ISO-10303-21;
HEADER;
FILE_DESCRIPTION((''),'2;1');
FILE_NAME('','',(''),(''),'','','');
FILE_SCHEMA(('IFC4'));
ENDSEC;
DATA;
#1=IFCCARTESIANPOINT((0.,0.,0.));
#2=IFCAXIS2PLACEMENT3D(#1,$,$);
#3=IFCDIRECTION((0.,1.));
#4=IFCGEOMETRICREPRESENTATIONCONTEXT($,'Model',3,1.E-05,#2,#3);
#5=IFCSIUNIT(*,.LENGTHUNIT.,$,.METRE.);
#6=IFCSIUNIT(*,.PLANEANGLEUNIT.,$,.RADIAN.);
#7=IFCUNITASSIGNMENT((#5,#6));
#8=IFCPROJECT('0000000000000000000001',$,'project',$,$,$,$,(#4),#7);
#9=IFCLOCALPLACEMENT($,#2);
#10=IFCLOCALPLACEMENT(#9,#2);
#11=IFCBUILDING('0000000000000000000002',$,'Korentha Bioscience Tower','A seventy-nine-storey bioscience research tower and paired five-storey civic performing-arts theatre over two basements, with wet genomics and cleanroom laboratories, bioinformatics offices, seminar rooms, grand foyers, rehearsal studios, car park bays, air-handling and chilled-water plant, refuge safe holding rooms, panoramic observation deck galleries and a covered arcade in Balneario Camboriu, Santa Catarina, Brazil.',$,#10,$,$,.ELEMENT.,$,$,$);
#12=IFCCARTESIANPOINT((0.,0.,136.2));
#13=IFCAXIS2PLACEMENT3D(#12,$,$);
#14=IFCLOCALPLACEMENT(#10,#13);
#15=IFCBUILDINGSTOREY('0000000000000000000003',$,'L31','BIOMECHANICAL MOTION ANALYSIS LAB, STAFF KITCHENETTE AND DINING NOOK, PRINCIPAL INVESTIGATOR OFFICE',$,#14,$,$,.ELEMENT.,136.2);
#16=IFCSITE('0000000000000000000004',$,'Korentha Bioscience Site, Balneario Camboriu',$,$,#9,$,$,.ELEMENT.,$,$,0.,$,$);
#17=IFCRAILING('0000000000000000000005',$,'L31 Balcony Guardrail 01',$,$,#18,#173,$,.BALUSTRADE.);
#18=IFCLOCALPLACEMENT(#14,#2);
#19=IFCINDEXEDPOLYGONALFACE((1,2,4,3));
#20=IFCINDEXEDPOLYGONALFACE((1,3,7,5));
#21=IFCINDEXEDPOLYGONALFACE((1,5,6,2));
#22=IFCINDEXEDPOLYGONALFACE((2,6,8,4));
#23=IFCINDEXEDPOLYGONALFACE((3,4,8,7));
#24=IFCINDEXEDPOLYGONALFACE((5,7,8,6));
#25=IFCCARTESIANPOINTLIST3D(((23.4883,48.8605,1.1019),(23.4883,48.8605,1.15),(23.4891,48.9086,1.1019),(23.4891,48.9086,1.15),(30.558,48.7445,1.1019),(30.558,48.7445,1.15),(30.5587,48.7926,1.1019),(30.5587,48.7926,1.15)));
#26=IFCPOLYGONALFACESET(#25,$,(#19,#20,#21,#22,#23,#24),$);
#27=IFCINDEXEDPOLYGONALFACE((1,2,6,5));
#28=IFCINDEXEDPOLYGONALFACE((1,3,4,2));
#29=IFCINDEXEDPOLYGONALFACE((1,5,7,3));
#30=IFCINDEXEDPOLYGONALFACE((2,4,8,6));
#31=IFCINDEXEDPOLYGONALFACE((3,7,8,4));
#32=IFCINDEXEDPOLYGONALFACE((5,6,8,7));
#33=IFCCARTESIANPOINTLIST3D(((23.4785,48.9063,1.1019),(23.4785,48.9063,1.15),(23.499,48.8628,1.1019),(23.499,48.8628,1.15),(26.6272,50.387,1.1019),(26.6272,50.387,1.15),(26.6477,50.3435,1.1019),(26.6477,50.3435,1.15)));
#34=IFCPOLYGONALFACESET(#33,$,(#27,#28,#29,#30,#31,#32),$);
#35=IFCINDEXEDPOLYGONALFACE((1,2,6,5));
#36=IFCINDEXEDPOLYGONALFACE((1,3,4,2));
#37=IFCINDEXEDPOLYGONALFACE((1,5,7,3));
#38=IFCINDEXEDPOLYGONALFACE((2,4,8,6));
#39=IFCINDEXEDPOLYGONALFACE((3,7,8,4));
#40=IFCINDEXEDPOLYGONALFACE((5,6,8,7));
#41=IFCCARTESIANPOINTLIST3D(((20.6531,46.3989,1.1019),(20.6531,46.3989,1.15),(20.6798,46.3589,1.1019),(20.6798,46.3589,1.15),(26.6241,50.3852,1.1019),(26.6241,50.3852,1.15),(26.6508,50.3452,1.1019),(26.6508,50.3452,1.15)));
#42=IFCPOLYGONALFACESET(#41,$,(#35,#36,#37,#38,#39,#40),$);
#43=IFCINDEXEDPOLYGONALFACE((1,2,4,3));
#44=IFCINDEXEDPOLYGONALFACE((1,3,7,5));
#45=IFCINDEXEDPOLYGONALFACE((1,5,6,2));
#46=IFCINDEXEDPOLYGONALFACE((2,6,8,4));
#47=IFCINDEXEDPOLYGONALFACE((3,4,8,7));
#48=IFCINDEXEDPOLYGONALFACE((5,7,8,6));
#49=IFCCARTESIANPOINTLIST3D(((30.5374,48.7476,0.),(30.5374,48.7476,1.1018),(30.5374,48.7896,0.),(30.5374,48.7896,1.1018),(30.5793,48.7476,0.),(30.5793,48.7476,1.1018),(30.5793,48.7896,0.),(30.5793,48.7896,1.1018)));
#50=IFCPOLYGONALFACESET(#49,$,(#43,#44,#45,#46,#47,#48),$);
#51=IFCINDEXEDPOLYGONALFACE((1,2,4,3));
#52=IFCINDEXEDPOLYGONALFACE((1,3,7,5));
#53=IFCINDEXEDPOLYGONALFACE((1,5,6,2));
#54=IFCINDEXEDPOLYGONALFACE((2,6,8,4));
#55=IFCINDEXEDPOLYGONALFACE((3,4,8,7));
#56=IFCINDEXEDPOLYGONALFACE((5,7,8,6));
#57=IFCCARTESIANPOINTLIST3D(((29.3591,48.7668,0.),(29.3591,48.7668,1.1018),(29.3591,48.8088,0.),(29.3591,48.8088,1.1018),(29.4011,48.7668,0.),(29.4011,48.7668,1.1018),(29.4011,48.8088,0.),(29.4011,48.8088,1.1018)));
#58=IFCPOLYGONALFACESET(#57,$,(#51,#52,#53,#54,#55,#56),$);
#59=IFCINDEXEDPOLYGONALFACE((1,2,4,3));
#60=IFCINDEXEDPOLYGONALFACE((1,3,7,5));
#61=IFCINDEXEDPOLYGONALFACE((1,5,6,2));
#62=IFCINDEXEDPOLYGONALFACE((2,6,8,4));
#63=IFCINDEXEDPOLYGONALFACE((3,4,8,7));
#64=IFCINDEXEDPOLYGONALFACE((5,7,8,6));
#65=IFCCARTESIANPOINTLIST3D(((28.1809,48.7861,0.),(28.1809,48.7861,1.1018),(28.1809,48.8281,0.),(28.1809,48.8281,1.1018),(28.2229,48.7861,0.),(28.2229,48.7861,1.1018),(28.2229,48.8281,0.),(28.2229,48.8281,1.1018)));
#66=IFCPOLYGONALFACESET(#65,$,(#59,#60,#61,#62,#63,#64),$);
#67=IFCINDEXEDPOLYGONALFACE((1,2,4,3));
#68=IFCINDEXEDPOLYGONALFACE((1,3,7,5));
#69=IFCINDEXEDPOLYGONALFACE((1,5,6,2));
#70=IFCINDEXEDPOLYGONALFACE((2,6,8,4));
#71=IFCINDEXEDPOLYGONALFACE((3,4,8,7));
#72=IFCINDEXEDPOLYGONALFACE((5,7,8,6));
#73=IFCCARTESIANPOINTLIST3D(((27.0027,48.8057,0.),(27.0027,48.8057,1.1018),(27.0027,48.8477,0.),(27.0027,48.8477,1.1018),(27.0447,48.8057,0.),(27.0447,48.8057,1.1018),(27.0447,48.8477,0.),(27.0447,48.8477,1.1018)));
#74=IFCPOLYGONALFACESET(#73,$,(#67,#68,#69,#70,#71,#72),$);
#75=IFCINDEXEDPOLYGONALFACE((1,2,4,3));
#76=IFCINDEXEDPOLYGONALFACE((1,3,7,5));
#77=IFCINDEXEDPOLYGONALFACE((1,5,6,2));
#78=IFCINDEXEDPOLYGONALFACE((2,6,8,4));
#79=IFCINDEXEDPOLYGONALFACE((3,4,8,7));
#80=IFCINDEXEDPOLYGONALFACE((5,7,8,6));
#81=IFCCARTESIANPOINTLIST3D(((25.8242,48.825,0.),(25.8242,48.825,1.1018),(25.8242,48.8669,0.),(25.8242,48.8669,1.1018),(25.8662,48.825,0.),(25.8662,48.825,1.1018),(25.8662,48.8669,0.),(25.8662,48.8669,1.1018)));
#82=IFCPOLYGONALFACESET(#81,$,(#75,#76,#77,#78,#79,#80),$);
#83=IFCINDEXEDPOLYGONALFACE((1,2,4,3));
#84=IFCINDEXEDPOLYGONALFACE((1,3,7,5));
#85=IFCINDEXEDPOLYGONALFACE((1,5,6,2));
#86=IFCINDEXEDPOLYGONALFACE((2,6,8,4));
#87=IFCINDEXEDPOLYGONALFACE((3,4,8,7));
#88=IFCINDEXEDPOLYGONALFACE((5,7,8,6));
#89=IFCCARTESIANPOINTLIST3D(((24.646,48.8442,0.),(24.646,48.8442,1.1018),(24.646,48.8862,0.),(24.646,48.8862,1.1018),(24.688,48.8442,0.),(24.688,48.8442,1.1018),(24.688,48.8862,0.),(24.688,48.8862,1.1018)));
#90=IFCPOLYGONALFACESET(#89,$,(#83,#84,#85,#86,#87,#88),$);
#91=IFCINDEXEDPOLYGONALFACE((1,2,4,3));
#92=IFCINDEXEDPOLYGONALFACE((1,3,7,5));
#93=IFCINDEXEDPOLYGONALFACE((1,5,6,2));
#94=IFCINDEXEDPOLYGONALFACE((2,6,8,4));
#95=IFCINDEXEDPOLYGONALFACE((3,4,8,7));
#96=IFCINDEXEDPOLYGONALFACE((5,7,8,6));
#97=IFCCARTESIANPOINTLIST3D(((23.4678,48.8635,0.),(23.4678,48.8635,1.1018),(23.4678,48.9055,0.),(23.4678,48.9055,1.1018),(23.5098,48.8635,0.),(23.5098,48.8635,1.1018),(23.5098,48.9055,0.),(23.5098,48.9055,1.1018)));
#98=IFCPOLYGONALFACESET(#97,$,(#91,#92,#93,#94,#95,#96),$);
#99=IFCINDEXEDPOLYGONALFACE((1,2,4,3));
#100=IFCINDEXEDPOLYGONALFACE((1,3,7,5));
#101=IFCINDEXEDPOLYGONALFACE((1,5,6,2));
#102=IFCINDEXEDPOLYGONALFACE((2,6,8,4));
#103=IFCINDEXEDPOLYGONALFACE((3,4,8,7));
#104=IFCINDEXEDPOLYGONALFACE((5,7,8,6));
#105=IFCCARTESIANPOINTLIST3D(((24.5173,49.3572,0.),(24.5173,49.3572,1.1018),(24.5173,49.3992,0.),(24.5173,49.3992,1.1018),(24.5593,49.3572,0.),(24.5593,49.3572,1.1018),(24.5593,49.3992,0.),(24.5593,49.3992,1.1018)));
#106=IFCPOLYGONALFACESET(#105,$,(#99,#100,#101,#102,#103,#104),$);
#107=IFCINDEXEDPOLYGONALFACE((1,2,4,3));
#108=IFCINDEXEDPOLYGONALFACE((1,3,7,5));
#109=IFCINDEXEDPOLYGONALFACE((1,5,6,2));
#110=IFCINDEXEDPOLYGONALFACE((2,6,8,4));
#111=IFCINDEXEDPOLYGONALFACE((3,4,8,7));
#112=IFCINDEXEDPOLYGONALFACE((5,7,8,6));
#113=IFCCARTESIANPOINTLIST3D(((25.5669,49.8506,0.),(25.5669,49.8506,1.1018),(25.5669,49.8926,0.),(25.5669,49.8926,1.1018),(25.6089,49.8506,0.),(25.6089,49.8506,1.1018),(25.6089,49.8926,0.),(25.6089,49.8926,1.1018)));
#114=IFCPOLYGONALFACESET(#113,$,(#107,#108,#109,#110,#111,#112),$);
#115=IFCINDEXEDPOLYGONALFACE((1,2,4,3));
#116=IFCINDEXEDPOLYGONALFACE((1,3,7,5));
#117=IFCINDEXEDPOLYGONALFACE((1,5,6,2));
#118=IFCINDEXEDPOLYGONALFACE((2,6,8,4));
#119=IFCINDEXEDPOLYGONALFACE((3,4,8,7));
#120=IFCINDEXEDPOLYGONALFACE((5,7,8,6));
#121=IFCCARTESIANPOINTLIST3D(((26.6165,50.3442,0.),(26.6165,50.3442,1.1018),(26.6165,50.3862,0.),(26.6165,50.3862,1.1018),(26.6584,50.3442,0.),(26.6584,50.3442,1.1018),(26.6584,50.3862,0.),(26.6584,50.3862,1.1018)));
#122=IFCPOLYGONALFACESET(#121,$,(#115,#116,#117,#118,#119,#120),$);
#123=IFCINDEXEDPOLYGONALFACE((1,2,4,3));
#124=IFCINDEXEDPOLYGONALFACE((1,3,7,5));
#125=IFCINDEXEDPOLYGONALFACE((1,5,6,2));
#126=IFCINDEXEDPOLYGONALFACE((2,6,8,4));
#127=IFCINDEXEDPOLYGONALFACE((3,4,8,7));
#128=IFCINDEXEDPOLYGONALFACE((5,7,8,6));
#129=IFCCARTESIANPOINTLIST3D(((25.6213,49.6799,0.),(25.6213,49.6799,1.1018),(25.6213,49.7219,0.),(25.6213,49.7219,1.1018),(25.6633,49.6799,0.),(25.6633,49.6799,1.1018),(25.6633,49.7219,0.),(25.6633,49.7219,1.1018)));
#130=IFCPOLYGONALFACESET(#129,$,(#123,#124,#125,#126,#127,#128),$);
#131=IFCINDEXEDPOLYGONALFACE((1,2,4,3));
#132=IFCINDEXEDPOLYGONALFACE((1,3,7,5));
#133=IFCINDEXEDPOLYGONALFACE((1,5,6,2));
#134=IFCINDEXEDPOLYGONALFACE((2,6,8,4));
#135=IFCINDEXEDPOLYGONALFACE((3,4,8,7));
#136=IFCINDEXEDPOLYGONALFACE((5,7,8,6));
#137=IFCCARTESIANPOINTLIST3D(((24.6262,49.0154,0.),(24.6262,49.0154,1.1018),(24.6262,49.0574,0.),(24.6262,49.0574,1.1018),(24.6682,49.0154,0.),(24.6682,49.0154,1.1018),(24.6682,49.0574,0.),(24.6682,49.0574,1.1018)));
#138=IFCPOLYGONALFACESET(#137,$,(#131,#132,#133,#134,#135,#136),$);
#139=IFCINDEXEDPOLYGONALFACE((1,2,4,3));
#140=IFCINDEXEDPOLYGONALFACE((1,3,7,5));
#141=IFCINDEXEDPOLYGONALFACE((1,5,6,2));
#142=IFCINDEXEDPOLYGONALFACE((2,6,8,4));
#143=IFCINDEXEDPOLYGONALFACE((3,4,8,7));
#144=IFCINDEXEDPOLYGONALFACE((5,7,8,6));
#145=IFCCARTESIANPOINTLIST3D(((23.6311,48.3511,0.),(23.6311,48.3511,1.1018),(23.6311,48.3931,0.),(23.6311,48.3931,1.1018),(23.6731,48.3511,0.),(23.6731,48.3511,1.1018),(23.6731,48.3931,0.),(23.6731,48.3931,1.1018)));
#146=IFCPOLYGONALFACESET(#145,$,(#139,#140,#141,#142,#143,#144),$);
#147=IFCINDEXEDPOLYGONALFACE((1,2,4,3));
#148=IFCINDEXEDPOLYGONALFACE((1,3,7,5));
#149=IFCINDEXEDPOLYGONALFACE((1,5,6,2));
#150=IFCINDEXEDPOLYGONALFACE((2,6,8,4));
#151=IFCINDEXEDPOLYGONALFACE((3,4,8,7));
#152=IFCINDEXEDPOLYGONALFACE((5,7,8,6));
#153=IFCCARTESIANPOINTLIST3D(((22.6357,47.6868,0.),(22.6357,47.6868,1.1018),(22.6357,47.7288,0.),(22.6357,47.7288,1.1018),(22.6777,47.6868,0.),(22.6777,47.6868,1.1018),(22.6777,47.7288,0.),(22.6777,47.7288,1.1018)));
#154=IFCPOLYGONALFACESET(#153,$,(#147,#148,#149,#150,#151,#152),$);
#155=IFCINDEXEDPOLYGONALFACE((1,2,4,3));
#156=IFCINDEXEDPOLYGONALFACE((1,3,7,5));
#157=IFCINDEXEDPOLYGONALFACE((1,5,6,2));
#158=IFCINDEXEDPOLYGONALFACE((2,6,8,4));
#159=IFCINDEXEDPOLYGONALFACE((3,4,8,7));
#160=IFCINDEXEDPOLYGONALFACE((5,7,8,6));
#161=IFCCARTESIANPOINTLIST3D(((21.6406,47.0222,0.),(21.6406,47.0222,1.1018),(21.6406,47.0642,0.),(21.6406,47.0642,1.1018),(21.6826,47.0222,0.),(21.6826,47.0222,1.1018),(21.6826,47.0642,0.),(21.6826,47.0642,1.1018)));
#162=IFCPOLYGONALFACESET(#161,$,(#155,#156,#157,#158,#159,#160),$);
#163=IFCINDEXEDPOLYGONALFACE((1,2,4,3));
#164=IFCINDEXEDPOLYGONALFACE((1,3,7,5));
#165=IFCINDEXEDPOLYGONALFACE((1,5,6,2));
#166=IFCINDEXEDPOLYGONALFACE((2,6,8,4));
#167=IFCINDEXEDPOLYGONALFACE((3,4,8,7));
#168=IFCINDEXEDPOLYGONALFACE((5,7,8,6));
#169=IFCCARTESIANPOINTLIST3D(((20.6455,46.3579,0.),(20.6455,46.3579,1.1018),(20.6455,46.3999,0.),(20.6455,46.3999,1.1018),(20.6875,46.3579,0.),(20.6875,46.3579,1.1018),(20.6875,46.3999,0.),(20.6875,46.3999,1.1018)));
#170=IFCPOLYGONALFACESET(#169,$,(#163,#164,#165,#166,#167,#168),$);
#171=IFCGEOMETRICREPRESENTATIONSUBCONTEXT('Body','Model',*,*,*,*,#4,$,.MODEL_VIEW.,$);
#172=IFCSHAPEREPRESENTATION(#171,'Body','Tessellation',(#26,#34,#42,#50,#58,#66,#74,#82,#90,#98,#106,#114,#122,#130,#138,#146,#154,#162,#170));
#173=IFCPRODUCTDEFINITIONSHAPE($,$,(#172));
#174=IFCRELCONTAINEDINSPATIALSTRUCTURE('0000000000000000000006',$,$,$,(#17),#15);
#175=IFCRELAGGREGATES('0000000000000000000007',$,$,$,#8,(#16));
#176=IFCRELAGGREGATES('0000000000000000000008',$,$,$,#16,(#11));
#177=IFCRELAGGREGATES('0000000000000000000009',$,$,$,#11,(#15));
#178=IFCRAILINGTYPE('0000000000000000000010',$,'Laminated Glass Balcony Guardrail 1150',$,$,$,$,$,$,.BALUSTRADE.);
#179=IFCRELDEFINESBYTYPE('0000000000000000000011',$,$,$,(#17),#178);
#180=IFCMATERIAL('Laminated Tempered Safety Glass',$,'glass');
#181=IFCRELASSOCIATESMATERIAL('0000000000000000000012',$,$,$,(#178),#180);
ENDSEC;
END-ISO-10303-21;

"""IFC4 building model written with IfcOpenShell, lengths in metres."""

from ifc_helpers import new_model, si_unit, direction, frame, origin, origin_2d, place, context, subcontext, project, spatial, rectangle, extrude, material, type_object, element, save


model = new_model("IFC4")

# Units and contexts
model_context = context("Model", 3, precision=1e-05, world=origin(), true_north=direction((0.0, 1.0)))
body_context = subcontext(model_context, "Body", "Model", "MODEL_VIEW")
ifc_project = project(units=[si_unit("LENGTHUNIT", "METRE"), si_unit("PLANEANGLEUNIT", "RADIAN")], contexts=[model_context])

# Site, building, storey
site_placement = place(None, origin())
site = spatial("IfcSite", under=ifc_project, at=site_placement, Name="Korentha Bioscience Site, Balneario Camboriu", CompositionType="ELEMENT", RefElevation=0.0)
building_placement = place(site_placement, origin())
building = spatial("IfcBuilding", under=site, at=building_placement, Name="Korentha Bioscience Tower", Description="A seventy-nine-storey bioscience research tower and paired five-storey civic performing-arts theatre over two basements, with wet genomics and cleanroom laboratories, bioinformatics offices, seminar rooms, grand foyers, rehearsal studios, car park bays, air-handling and chilled-water plant, refuge safe holding rooms, panoramic observation deck galleries and a covered arcade in Balneario Camboriu, Santa Catarina, Brazil.", CompositionType="ELEMENT")
storey_placement = place(building_placement, frame((0.0, 0.0, 136.2)))
storey = spatial("IfcBuildingStorey", under=building, at=storey_placement, Name="L31", Description="BIOMECHANICAL MOTION ANALYSIS LAB, STAFF KITCHENETTE AND DINING NOOK, PRINCIPAL INVESTIGATOR OFFICE", CompositionType="ELEMENT", Elevation=136.2)

# Railing
ifc_material_1 = material(Name="Laminated Tempered Safety Glass", Category="glass")
railing_type = type_object("IfcRailingType", Name="Laminated Glass Balcony Guardrail 1150", PredefinedType="BALUSTRADE", material=ifc_material_1)
railing_placement = place(storey_placement, frame((30.5583, 48.7686, 0.0)))
element("IfcRailing", 1, at=railing_placement, inside=storey, type_object=railing_type, Name="L31 Balcony Guardrail 01", PredefinedType="BALUSTRADE", context=body_context, shape_type="SweptSolid", body=[
    extrude(rectangle(XDim=0.0481, YDim=0.0481, at=origin_2d()), frame((0.0, 0.0, 1.126), z_axis=(-0.999865, 0.016401, 0.0), x_axis=(-0.016401, -0.999865, 0.0)), (0.0, 0.0, 1.0), 7.0706),
    extrude(rectangle(XDim=0.0481, YDim=0.0481, at=origin_2d()), frame((-7.0696, 0.116, 1.126), z_axis=(0.904932, 0.425557, 0.0), x_axis=(-0.425557, 0.904932, 0.0)), (0.0, 0.0, 1.0), 3.4795),
    extrude(rectangle(XDim=0.0481, YDim=0.0481, at=origin_2d()), frame((-3.9209, 1.5967, 1.126), z_axis=(-0.831684, -0.555249, 0.0), x_axis=(0.555249, -0.831684, 0.0)), (0.0, 0.0, 1.0), 7.1794),
    extrude(rectangle(XDim=0.042, YDim=0.042, at=origin_2d()), origin(), (0.0, 0.0, 1.0), 1.1018),
    extrude(rectangle(XDim=0.042, YDim=0.042, at=origin_2d()), frame((-1.1782, 0.0193, 0.0)), (0.0, 0.0, 1.0), 1.1018),
    extrude(rectangle(XDim=0.042, YDim=0.042, at=origin_2d()), frame((-2.3564, 0.0386, 0.0)), (0.0, 0.0, 1.0), 1.1018),
    extrude(rectangle(XDim=0.042, YDim=0.042, at=origin_2d()), frame((-3.5347, 0.0581, 0.0)), (0.0, 0.0, 1.0), 1.1018),
    extrude(rectangle(XDim=0.042, YDim=0.042, at=origin_2d()), frame((-4.7131, 0.0774, 0.0)), (0.0, 0.0, 1.0), 1.1018),
    extrude(rectangle(XDim=0.042, YDim=0.042, at=origin_2d()), frame((-5.8914, 0.0967, 0.0)), (0.0, 0.0, 1.0), 1.1018),
    extrude(rectangle(XDim=0.042, YDim=0.042, at=origin_2d()), frame((-7.0696, 0.116, 0.0)), (0.0, 0.0, 1.0), 1.1018),
    extrude(rectangle(XDim=0.042, YDim=0.042, at=origin_2d()), frame((-6.02, 0.6096, 0.0)), (0.0, 0.0, 1.0), 1.1018),
    extrude(rectangle(XDim=0.042, YDim=0.042, at=origin_2d()), frame((-4.9705, 1.103, 0.0)), (0.0, 0.0, 1.0), 1.1018),
    extrude(rectangle(XDim=0.042, YDim=0.042, at=origin_2d()), frame((-3.9209, 1.5967, 0.0)), (0.0, 0.0, 1.0), 1.1018),
    extrude(rectangle(XDim=0.042, YDim=0.042, at=origin_2d()), frame((-4.916, 0.9324, 0.0)), (0.0, 0.0, 1.0), 1.1018),
    extrude(rectangle(XDim=0.042, YDim=0.042, at=origin_2d()), frame((-5.9111, 0.2678, 0.0)), (0.0, 0.0, 1.0), 1.1018),
    extrude(rectangle(XDim=0.042, YDim=0.042, at=origin_2d()), frame((-6.9062, -0.3965, 0.0)), (0.0, 0.0, 1.0), 1.1018),
    extrude(rectangle(XDim=0.042, YDim=0.042, at=origin_2d()), frame((-7.9016, -1.0608, 0.0)), (0.0, 0.0, 1.0), 1.1018),
    extrude(rectangle(XDim=0.042, YDim=0.042, at=origin_2d()), frame((-8.8967, -1.7253, 0.0)), (0.0, 0.0, 1.0), 1.1018),
    extrude(rectangle(XDim=0.042, YDim=0.042, at=origin_2d()), frame((-9.8918, -2.3896, 0.0)), (0.0, 0.0, 1.0), 1.1018),
])

save(model, "model.ifc")
